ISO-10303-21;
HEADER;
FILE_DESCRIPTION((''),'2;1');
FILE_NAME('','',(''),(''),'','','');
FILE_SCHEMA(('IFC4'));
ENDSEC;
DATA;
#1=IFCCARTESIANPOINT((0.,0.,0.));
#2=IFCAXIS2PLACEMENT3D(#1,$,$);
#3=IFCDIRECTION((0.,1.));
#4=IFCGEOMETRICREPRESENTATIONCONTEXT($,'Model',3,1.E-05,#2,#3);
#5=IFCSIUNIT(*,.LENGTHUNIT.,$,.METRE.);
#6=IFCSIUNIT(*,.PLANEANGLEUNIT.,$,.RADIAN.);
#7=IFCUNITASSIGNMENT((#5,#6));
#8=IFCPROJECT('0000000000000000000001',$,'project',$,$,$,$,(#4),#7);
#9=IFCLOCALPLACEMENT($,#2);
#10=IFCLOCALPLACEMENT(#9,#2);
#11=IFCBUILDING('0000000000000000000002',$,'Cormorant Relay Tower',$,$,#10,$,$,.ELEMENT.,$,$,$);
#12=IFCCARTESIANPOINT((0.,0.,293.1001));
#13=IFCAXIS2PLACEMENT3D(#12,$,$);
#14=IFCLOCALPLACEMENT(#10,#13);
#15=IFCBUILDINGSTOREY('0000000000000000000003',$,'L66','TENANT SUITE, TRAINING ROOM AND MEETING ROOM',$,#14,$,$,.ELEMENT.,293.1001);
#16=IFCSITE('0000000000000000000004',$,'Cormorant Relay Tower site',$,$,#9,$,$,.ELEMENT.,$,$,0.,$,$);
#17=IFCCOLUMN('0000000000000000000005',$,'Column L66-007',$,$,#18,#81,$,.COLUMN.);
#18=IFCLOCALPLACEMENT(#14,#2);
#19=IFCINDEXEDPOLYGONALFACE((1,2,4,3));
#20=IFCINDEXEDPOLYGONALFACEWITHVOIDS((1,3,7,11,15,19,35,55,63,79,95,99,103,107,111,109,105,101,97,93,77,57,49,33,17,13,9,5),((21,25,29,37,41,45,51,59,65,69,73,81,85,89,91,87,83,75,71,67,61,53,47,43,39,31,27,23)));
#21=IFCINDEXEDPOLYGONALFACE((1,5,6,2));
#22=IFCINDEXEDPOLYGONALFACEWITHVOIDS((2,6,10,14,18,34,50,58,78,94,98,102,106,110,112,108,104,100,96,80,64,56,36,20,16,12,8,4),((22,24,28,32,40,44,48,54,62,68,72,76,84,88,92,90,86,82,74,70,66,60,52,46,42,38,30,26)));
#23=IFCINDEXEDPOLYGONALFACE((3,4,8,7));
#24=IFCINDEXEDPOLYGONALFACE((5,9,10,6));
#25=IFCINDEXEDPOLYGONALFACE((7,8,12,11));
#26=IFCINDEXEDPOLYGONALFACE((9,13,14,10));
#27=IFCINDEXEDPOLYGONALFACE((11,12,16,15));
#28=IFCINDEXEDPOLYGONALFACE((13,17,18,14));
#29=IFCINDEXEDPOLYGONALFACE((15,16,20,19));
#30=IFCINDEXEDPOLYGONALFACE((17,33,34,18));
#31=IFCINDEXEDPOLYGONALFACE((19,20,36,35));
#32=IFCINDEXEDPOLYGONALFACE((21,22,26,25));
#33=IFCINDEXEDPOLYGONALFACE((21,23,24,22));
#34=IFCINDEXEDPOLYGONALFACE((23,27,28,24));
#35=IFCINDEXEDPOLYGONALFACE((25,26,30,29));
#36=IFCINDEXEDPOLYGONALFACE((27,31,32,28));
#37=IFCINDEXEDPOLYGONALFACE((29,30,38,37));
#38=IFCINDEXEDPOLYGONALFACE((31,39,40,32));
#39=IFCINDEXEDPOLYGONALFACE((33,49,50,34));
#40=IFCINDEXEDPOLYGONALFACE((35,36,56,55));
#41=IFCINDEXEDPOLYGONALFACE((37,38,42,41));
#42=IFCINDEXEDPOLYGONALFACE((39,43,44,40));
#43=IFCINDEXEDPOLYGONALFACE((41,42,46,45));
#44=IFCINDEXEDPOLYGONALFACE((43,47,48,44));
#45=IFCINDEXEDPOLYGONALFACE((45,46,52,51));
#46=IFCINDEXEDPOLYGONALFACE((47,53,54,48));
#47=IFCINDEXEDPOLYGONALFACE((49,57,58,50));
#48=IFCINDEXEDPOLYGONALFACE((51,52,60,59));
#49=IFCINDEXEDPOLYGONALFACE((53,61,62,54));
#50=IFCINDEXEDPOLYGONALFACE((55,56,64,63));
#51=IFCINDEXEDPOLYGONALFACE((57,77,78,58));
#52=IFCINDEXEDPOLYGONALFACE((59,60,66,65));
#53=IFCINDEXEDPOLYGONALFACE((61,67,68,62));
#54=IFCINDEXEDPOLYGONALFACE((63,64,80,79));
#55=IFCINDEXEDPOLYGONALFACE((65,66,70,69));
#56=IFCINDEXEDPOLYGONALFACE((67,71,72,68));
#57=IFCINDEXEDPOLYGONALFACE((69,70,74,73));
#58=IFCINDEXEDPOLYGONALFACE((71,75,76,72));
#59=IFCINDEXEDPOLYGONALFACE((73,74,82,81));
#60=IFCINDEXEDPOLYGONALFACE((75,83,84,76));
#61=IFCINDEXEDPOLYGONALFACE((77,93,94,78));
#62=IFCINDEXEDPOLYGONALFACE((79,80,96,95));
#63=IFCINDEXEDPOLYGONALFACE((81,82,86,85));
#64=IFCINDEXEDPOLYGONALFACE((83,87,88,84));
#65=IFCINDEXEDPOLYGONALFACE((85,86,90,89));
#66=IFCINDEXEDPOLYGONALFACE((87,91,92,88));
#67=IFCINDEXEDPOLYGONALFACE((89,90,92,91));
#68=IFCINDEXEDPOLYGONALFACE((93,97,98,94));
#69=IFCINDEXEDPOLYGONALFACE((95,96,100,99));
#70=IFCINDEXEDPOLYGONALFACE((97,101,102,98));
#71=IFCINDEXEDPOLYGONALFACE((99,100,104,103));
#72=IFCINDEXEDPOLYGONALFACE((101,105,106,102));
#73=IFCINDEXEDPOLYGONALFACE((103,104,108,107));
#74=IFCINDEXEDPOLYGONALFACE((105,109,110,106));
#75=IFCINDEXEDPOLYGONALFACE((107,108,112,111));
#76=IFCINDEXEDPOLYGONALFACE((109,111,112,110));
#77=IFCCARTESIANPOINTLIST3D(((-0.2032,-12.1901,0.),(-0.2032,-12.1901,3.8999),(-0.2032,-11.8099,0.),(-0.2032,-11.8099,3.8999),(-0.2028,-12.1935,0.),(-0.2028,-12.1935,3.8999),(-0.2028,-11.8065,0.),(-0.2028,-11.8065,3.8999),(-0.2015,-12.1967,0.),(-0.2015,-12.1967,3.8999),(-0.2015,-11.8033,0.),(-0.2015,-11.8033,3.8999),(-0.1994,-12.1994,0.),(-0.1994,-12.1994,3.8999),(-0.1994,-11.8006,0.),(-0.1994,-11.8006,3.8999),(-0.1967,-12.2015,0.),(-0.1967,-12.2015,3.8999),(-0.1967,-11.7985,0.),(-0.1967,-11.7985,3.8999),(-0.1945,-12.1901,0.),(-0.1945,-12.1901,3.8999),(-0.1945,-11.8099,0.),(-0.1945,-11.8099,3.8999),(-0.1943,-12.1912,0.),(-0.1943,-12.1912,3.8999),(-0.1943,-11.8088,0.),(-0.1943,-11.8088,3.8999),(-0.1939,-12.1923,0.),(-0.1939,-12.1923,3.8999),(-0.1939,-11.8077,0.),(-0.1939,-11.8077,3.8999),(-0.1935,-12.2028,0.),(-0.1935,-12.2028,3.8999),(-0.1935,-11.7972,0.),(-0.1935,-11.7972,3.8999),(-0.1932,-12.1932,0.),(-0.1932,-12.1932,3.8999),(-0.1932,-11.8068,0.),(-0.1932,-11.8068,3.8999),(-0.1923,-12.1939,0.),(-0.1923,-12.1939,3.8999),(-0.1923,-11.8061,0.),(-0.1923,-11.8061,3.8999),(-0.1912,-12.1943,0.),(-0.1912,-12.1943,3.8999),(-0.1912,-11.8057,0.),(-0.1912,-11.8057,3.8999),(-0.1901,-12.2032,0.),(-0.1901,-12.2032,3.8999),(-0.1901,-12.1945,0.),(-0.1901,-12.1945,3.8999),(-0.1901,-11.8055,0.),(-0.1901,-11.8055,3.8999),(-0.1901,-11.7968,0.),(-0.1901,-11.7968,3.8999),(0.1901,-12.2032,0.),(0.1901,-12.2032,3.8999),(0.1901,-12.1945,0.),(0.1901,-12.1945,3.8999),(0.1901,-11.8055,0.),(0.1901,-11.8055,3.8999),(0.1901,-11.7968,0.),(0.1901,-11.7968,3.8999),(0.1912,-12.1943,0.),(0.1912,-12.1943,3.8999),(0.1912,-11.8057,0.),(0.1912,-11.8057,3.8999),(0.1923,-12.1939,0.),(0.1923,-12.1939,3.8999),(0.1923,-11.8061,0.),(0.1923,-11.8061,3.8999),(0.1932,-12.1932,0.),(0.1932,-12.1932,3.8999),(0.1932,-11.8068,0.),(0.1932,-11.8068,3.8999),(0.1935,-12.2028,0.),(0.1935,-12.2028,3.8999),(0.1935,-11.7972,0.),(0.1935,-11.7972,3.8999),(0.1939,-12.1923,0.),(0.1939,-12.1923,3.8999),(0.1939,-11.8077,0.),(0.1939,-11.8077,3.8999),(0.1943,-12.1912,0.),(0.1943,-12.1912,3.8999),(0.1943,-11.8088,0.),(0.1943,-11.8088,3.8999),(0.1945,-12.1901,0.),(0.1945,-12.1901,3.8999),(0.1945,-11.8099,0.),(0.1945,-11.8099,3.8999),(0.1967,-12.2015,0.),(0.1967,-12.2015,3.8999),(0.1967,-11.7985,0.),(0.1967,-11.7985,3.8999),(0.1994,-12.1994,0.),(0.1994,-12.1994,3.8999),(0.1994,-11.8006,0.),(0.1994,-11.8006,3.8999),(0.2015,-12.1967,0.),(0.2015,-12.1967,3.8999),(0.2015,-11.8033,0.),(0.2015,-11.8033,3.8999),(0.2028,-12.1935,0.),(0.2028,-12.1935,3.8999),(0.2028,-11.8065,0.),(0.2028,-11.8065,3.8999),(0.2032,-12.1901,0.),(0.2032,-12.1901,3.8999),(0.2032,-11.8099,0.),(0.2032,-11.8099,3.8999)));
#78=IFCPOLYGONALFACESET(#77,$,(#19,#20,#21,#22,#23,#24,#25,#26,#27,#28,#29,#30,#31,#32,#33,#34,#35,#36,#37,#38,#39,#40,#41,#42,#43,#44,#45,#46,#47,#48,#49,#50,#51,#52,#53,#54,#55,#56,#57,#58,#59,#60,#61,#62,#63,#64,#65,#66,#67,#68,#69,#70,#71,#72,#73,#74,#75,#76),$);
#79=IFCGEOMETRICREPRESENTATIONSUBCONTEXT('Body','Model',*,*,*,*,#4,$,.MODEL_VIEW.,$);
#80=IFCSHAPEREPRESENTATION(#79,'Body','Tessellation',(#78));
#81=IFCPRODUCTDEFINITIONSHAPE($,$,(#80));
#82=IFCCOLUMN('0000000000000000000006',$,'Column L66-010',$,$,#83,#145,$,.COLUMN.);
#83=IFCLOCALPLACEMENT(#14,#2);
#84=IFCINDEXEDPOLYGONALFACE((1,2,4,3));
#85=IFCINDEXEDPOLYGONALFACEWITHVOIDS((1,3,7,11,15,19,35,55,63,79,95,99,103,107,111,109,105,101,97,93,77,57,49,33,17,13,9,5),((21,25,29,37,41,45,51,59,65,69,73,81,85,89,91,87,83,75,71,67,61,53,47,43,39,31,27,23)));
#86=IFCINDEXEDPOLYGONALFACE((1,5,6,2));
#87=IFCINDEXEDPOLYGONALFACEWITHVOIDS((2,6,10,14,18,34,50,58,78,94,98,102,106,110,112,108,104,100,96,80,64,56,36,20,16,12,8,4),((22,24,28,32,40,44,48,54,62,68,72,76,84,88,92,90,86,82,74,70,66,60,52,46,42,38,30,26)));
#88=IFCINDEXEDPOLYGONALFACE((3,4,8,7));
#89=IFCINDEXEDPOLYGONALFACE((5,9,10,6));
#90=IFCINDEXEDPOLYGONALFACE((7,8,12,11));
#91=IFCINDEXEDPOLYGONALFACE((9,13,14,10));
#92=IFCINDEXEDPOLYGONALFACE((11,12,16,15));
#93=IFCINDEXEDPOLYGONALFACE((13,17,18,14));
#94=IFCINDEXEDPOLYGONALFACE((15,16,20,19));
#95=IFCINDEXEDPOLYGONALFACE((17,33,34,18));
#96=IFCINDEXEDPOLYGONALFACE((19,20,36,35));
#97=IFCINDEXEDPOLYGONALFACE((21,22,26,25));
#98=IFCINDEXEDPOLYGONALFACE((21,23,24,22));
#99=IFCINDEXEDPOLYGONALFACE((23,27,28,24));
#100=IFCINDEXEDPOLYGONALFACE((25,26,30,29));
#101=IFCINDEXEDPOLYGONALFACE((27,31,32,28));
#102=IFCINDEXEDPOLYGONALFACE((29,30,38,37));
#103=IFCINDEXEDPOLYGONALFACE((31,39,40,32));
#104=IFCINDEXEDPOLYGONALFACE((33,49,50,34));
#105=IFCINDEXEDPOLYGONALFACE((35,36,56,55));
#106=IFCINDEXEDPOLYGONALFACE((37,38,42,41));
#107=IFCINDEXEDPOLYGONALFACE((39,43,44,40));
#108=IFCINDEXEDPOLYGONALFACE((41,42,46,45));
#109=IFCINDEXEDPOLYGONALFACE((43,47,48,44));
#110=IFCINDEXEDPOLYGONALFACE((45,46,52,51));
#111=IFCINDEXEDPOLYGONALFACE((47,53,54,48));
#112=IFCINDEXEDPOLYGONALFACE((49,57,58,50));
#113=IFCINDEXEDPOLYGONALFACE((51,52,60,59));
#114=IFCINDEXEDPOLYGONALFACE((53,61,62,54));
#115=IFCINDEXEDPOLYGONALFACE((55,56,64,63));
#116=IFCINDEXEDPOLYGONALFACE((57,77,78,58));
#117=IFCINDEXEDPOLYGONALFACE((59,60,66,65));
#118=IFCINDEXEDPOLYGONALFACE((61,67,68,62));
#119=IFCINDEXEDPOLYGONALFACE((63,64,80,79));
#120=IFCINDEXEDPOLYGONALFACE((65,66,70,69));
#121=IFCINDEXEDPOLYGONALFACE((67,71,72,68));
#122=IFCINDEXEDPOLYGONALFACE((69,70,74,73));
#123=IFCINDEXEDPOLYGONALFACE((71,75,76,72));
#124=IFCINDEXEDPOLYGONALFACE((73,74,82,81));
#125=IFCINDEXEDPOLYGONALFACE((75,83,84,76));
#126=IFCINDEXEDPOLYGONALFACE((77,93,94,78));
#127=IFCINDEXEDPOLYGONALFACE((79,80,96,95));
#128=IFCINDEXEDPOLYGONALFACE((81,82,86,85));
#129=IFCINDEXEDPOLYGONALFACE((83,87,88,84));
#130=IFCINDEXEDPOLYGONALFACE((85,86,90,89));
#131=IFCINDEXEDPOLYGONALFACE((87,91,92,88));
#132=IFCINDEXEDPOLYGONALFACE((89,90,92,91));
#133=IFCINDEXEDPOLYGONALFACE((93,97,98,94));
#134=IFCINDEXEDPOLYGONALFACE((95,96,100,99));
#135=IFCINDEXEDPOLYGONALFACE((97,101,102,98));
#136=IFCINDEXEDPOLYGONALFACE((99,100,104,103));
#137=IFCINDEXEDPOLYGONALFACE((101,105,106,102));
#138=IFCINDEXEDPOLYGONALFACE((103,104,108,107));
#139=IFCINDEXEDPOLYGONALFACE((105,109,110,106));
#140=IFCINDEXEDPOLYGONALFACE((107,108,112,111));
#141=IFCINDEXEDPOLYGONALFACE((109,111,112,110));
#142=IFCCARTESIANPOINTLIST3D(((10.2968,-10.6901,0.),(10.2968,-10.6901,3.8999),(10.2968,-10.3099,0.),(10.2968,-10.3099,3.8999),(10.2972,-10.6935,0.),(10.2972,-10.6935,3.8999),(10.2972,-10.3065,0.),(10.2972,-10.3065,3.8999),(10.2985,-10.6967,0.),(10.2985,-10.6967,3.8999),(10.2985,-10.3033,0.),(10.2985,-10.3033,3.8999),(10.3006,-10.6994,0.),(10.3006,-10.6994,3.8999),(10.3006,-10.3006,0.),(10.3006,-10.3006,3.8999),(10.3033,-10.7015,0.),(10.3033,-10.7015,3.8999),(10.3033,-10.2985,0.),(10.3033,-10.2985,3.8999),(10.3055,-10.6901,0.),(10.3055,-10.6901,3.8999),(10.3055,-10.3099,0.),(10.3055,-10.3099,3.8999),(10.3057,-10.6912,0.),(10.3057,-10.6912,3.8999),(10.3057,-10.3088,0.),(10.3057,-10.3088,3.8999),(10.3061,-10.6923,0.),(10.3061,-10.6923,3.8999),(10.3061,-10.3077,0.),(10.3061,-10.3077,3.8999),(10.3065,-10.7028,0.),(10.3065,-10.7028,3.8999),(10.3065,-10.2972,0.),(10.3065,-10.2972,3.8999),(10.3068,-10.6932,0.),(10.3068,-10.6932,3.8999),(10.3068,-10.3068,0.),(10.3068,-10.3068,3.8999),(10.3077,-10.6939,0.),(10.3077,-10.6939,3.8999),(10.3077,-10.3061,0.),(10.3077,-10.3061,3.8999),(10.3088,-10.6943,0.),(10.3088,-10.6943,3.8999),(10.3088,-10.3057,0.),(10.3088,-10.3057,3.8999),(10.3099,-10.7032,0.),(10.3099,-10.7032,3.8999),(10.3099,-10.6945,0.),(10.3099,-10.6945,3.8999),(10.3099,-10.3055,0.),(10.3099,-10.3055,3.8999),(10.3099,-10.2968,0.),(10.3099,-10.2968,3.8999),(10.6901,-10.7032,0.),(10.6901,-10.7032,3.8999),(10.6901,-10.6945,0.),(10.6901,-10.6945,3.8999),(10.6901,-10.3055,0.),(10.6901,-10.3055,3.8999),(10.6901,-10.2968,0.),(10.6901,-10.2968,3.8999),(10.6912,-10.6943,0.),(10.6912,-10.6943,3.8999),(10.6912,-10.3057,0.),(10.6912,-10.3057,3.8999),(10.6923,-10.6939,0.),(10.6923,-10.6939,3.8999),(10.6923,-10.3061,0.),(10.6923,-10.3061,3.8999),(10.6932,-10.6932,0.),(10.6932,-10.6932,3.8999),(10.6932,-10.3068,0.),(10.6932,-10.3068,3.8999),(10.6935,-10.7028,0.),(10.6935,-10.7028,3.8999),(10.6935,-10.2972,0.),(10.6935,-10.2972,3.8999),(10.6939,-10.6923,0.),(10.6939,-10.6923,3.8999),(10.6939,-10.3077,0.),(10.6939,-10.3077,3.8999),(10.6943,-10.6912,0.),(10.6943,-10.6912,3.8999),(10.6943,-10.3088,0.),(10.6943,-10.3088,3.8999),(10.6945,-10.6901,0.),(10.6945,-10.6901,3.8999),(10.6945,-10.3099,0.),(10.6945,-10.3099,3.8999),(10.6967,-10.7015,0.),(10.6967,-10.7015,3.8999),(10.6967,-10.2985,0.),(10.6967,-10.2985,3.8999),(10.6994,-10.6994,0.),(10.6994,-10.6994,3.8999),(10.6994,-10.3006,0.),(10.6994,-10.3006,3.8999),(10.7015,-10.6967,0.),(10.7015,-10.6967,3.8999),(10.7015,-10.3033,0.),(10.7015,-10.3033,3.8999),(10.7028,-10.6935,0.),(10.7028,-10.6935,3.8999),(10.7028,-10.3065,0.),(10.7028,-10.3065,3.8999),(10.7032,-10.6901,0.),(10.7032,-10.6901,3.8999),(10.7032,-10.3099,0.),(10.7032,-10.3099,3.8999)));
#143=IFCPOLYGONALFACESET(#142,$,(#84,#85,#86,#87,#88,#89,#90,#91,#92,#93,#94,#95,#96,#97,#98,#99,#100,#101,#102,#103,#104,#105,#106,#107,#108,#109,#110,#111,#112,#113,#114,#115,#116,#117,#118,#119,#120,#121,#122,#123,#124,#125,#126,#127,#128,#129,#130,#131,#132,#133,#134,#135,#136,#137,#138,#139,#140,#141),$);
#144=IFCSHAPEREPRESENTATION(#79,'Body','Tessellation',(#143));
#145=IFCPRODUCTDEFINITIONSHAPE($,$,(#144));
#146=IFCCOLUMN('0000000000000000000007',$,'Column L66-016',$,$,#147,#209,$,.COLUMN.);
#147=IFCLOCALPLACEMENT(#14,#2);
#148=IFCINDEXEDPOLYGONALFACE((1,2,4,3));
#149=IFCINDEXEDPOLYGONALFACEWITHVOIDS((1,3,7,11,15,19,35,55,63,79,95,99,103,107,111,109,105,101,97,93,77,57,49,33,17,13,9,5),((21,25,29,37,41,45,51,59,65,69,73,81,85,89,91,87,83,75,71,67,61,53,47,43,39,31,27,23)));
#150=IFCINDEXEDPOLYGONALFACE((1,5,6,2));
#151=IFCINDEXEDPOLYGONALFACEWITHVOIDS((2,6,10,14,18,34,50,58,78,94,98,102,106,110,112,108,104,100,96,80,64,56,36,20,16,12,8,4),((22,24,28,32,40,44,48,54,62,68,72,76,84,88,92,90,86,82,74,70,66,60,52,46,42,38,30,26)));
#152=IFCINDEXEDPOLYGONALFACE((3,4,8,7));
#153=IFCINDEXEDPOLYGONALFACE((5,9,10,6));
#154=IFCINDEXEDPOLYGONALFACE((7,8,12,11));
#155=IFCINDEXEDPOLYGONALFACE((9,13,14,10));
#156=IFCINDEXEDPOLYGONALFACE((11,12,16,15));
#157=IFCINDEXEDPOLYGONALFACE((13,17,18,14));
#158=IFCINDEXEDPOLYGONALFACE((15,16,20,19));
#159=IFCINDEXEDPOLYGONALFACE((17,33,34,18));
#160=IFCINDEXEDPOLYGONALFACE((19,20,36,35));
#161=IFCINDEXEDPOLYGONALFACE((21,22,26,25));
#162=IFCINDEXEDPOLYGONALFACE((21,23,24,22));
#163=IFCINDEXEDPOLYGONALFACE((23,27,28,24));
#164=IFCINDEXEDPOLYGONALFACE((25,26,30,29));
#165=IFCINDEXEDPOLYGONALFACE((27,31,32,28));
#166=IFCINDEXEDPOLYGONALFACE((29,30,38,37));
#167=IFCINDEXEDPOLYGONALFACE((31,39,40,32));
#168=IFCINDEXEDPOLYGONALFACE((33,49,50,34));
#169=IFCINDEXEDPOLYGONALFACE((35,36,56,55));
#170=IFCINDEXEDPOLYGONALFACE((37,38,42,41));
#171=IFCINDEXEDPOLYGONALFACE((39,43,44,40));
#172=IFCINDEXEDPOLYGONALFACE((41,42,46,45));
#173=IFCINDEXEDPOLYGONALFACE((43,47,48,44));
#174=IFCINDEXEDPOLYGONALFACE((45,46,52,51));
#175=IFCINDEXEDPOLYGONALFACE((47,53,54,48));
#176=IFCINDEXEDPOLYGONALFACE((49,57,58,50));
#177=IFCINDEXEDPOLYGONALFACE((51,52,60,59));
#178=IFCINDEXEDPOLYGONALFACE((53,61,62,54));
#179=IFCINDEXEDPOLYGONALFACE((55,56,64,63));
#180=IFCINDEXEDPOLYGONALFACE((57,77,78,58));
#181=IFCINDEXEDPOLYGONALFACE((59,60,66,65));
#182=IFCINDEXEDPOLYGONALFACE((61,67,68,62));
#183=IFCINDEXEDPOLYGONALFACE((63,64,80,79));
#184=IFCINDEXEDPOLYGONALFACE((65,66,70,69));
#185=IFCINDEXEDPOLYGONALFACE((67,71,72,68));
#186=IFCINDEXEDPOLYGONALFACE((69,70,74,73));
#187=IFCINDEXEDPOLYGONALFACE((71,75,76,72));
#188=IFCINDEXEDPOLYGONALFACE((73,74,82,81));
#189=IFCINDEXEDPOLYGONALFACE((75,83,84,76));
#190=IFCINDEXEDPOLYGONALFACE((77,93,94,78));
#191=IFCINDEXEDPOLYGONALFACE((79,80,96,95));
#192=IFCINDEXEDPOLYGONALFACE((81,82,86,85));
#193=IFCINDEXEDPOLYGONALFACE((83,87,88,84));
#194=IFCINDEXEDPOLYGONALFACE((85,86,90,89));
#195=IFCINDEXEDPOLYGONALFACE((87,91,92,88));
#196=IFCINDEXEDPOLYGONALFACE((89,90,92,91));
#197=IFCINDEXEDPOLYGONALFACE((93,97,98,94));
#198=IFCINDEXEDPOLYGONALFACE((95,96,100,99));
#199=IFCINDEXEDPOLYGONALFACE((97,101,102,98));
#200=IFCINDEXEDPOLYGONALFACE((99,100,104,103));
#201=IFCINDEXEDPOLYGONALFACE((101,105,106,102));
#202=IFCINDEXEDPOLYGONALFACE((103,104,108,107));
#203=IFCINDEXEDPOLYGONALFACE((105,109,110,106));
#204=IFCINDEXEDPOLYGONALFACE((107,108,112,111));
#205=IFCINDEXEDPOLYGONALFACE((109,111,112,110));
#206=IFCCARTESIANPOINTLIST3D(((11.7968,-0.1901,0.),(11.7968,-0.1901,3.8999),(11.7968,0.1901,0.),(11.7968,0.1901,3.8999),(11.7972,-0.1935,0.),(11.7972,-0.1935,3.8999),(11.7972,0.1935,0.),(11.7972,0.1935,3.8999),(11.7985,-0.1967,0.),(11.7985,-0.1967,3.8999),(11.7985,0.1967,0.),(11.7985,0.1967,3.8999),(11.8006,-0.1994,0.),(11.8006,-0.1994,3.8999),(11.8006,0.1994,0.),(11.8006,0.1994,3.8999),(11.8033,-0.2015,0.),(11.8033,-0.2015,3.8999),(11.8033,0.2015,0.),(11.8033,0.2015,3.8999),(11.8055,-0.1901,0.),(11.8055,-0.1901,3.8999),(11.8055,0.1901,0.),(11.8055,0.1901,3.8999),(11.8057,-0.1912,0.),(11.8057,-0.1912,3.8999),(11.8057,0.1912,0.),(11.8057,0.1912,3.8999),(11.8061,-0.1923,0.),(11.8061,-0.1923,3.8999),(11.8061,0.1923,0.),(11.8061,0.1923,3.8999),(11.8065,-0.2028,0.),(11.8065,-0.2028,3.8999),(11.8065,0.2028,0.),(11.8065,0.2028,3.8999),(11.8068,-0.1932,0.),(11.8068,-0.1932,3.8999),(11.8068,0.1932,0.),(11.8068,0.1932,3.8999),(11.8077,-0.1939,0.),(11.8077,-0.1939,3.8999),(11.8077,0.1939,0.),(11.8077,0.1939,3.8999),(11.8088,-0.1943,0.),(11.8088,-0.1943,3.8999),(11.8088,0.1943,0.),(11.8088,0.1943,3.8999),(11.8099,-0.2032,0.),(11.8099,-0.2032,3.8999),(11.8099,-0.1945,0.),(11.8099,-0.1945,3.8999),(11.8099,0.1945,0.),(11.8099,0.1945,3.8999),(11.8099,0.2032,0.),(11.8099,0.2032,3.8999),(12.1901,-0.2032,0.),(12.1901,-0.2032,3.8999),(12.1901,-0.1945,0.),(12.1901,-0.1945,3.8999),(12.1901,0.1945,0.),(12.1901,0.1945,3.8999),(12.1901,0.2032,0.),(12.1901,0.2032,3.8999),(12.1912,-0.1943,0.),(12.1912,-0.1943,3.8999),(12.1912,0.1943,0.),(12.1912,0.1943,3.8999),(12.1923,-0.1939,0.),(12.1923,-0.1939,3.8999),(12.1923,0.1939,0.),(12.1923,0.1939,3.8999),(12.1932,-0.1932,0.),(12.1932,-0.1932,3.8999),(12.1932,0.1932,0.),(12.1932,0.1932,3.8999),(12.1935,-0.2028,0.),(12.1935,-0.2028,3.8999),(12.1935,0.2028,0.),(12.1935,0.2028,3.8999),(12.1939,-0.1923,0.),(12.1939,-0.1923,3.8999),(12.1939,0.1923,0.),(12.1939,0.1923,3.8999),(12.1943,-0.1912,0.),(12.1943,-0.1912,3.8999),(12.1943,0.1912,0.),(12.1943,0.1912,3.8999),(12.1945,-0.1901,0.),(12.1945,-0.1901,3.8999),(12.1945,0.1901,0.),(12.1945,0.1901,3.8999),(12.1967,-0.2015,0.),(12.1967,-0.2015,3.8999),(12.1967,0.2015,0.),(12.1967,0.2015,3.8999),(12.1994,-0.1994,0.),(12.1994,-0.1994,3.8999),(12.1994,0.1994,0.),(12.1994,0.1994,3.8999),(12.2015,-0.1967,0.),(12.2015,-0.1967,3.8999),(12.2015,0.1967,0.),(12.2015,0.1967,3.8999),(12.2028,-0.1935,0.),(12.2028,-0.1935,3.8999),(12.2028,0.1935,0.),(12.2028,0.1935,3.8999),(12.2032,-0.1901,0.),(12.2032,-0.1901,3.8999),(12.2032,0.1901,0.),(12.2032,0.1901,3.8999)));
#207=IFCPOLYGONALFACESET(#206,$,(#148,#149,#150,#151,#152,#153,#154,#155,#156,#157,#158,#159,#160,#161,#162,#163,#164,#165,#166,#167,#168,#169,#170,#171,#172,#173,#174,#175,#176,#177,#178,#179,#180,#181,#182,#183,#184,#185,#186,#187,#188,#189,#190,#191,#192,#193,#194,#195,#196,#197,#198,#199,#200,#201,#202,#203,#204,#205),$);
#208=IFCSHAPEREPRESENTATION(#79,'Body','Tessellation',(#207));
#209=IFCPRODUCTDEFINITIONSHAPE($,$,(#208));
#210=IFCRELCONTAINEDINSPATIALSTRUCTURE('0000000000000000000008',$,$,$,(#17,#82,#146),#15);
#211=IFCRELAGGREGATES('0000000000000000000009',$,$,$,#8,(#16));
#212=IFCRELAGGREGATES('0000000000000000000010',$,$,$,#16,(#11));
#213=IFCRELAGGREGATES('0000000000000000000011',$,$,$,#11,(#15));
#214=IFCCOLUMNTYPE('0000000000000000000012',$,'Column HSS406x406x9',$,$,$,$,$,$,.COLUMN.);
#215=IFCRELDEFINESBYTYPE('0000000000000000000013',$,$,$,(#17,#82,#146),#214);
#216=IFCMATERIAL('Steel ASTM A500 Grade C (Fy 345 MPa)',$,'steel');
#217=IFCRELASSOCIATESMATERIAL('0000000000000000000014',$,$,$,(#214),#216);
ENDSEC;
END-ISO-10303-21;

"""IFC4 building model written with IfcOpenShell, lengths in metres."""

from ifc_helpers import new_model, si_unit, direction, frame, origin, origin_2d, place, context, subcontext, project, spatial, hollow_rectangle, extrude, material, material_profile, profile_set, type_object, element, save


model = new_model("IFC4")

# Units and contexts
model_context = context("Model", 3, precision=1e-05, world=origin(), true_north=direction((0.0, 1.0)))
body_context = subcontext(model_context, "Body", "Model", "MODEL_VIEW")
ifc_project = project(units=[si_unit("LENGTHUNIT", "METRE"), si_unit("PLANEANGLEUNIT", "RADIAN")], contexts=[model_context])

# Site, building, storey
site_placement = place(None, origin())
site = spatial("IfcSite", under=ifc_project, at=site_placement, Name="Cormorant Relay Tower site", CompositionType="ELEMENT", RefElevation=0.0)
building_placement = place(site_placement, origin())
building = spatial("IfcBuilding", under=site, at=building_placement, Name="Cormorant Relay Tower", CompositionType="ELEMENT")
storey_placement = place(building_placement, frame((0.0, 0.0, 293.1001)))
storey = spatial("IfcBuildingStorey", under=building, at=storey_placement, Name="L66", Description="TENANT SUITE, TRAINING ROOM AND MEETING ROOM", CompositionType="ELEMENT", Elevation=293.1001)

# Columns
ifc_material_1 = material(Name="Steel ASTM A500 Grade C (Fy 345 MPa)", Category="steel")
ifc_material_profile = material_profile(ifc_material_1, hollow_rectangle(XDim=0.4065, YDim=0.4065, WallThickness=0.0088, InnerFilletRadius=0.0044, OuterFilletRadius=0.0132, at=origin_2d()), Name="HSS406x406x9")
ifc_profile_set = profile_set([ifc_material_profile], Name="Steel ASTM A500 Grade C (Fy 345 MPa)")
column_type = type_object("IfcColumnType", Name="Column HSS406x406x9", PredefinedType="COLUMN", material=ifc_profile_set)
for number, where, z_axis, x_axis, name in (
    (1, (0.0, -12.0, 0.0), (0.0, 0.0, 1.0), (1.0, 0.0, 0.0), "Column L66-007"),
    (2, (10.5, -10.5, 0.0), (0.0, 0.0, 1.0), (1.0, 0.0, 0.0), "Column L66-010"),
    (3, (12.0, 0.0, 0.0), (0.0, 0.0, 1.0), (1.0, 0.0, 0.0), "Column L66-016"),
):
    element("IfcColumn", number, at=place(storey_placement, frame(where, z_axis=z_axis, x_axis=x_axis)), inside=storey, type_object=column_type, Name=name, PredefinedType="COLUMN", context=body_context, shape_type="SweptSolid", body=[
        extrude(hollow_rectangle(XDim=0.4065, YDim=0.4065, WallThickness=0.0088, InnerFilletRadius=0.0044, OuterFilletRadius=0.0132, at=origin_2d()), origin(), (0.0, 0.0, 1.0), 3.8999),
    ])

save(model, "model.ifc")
